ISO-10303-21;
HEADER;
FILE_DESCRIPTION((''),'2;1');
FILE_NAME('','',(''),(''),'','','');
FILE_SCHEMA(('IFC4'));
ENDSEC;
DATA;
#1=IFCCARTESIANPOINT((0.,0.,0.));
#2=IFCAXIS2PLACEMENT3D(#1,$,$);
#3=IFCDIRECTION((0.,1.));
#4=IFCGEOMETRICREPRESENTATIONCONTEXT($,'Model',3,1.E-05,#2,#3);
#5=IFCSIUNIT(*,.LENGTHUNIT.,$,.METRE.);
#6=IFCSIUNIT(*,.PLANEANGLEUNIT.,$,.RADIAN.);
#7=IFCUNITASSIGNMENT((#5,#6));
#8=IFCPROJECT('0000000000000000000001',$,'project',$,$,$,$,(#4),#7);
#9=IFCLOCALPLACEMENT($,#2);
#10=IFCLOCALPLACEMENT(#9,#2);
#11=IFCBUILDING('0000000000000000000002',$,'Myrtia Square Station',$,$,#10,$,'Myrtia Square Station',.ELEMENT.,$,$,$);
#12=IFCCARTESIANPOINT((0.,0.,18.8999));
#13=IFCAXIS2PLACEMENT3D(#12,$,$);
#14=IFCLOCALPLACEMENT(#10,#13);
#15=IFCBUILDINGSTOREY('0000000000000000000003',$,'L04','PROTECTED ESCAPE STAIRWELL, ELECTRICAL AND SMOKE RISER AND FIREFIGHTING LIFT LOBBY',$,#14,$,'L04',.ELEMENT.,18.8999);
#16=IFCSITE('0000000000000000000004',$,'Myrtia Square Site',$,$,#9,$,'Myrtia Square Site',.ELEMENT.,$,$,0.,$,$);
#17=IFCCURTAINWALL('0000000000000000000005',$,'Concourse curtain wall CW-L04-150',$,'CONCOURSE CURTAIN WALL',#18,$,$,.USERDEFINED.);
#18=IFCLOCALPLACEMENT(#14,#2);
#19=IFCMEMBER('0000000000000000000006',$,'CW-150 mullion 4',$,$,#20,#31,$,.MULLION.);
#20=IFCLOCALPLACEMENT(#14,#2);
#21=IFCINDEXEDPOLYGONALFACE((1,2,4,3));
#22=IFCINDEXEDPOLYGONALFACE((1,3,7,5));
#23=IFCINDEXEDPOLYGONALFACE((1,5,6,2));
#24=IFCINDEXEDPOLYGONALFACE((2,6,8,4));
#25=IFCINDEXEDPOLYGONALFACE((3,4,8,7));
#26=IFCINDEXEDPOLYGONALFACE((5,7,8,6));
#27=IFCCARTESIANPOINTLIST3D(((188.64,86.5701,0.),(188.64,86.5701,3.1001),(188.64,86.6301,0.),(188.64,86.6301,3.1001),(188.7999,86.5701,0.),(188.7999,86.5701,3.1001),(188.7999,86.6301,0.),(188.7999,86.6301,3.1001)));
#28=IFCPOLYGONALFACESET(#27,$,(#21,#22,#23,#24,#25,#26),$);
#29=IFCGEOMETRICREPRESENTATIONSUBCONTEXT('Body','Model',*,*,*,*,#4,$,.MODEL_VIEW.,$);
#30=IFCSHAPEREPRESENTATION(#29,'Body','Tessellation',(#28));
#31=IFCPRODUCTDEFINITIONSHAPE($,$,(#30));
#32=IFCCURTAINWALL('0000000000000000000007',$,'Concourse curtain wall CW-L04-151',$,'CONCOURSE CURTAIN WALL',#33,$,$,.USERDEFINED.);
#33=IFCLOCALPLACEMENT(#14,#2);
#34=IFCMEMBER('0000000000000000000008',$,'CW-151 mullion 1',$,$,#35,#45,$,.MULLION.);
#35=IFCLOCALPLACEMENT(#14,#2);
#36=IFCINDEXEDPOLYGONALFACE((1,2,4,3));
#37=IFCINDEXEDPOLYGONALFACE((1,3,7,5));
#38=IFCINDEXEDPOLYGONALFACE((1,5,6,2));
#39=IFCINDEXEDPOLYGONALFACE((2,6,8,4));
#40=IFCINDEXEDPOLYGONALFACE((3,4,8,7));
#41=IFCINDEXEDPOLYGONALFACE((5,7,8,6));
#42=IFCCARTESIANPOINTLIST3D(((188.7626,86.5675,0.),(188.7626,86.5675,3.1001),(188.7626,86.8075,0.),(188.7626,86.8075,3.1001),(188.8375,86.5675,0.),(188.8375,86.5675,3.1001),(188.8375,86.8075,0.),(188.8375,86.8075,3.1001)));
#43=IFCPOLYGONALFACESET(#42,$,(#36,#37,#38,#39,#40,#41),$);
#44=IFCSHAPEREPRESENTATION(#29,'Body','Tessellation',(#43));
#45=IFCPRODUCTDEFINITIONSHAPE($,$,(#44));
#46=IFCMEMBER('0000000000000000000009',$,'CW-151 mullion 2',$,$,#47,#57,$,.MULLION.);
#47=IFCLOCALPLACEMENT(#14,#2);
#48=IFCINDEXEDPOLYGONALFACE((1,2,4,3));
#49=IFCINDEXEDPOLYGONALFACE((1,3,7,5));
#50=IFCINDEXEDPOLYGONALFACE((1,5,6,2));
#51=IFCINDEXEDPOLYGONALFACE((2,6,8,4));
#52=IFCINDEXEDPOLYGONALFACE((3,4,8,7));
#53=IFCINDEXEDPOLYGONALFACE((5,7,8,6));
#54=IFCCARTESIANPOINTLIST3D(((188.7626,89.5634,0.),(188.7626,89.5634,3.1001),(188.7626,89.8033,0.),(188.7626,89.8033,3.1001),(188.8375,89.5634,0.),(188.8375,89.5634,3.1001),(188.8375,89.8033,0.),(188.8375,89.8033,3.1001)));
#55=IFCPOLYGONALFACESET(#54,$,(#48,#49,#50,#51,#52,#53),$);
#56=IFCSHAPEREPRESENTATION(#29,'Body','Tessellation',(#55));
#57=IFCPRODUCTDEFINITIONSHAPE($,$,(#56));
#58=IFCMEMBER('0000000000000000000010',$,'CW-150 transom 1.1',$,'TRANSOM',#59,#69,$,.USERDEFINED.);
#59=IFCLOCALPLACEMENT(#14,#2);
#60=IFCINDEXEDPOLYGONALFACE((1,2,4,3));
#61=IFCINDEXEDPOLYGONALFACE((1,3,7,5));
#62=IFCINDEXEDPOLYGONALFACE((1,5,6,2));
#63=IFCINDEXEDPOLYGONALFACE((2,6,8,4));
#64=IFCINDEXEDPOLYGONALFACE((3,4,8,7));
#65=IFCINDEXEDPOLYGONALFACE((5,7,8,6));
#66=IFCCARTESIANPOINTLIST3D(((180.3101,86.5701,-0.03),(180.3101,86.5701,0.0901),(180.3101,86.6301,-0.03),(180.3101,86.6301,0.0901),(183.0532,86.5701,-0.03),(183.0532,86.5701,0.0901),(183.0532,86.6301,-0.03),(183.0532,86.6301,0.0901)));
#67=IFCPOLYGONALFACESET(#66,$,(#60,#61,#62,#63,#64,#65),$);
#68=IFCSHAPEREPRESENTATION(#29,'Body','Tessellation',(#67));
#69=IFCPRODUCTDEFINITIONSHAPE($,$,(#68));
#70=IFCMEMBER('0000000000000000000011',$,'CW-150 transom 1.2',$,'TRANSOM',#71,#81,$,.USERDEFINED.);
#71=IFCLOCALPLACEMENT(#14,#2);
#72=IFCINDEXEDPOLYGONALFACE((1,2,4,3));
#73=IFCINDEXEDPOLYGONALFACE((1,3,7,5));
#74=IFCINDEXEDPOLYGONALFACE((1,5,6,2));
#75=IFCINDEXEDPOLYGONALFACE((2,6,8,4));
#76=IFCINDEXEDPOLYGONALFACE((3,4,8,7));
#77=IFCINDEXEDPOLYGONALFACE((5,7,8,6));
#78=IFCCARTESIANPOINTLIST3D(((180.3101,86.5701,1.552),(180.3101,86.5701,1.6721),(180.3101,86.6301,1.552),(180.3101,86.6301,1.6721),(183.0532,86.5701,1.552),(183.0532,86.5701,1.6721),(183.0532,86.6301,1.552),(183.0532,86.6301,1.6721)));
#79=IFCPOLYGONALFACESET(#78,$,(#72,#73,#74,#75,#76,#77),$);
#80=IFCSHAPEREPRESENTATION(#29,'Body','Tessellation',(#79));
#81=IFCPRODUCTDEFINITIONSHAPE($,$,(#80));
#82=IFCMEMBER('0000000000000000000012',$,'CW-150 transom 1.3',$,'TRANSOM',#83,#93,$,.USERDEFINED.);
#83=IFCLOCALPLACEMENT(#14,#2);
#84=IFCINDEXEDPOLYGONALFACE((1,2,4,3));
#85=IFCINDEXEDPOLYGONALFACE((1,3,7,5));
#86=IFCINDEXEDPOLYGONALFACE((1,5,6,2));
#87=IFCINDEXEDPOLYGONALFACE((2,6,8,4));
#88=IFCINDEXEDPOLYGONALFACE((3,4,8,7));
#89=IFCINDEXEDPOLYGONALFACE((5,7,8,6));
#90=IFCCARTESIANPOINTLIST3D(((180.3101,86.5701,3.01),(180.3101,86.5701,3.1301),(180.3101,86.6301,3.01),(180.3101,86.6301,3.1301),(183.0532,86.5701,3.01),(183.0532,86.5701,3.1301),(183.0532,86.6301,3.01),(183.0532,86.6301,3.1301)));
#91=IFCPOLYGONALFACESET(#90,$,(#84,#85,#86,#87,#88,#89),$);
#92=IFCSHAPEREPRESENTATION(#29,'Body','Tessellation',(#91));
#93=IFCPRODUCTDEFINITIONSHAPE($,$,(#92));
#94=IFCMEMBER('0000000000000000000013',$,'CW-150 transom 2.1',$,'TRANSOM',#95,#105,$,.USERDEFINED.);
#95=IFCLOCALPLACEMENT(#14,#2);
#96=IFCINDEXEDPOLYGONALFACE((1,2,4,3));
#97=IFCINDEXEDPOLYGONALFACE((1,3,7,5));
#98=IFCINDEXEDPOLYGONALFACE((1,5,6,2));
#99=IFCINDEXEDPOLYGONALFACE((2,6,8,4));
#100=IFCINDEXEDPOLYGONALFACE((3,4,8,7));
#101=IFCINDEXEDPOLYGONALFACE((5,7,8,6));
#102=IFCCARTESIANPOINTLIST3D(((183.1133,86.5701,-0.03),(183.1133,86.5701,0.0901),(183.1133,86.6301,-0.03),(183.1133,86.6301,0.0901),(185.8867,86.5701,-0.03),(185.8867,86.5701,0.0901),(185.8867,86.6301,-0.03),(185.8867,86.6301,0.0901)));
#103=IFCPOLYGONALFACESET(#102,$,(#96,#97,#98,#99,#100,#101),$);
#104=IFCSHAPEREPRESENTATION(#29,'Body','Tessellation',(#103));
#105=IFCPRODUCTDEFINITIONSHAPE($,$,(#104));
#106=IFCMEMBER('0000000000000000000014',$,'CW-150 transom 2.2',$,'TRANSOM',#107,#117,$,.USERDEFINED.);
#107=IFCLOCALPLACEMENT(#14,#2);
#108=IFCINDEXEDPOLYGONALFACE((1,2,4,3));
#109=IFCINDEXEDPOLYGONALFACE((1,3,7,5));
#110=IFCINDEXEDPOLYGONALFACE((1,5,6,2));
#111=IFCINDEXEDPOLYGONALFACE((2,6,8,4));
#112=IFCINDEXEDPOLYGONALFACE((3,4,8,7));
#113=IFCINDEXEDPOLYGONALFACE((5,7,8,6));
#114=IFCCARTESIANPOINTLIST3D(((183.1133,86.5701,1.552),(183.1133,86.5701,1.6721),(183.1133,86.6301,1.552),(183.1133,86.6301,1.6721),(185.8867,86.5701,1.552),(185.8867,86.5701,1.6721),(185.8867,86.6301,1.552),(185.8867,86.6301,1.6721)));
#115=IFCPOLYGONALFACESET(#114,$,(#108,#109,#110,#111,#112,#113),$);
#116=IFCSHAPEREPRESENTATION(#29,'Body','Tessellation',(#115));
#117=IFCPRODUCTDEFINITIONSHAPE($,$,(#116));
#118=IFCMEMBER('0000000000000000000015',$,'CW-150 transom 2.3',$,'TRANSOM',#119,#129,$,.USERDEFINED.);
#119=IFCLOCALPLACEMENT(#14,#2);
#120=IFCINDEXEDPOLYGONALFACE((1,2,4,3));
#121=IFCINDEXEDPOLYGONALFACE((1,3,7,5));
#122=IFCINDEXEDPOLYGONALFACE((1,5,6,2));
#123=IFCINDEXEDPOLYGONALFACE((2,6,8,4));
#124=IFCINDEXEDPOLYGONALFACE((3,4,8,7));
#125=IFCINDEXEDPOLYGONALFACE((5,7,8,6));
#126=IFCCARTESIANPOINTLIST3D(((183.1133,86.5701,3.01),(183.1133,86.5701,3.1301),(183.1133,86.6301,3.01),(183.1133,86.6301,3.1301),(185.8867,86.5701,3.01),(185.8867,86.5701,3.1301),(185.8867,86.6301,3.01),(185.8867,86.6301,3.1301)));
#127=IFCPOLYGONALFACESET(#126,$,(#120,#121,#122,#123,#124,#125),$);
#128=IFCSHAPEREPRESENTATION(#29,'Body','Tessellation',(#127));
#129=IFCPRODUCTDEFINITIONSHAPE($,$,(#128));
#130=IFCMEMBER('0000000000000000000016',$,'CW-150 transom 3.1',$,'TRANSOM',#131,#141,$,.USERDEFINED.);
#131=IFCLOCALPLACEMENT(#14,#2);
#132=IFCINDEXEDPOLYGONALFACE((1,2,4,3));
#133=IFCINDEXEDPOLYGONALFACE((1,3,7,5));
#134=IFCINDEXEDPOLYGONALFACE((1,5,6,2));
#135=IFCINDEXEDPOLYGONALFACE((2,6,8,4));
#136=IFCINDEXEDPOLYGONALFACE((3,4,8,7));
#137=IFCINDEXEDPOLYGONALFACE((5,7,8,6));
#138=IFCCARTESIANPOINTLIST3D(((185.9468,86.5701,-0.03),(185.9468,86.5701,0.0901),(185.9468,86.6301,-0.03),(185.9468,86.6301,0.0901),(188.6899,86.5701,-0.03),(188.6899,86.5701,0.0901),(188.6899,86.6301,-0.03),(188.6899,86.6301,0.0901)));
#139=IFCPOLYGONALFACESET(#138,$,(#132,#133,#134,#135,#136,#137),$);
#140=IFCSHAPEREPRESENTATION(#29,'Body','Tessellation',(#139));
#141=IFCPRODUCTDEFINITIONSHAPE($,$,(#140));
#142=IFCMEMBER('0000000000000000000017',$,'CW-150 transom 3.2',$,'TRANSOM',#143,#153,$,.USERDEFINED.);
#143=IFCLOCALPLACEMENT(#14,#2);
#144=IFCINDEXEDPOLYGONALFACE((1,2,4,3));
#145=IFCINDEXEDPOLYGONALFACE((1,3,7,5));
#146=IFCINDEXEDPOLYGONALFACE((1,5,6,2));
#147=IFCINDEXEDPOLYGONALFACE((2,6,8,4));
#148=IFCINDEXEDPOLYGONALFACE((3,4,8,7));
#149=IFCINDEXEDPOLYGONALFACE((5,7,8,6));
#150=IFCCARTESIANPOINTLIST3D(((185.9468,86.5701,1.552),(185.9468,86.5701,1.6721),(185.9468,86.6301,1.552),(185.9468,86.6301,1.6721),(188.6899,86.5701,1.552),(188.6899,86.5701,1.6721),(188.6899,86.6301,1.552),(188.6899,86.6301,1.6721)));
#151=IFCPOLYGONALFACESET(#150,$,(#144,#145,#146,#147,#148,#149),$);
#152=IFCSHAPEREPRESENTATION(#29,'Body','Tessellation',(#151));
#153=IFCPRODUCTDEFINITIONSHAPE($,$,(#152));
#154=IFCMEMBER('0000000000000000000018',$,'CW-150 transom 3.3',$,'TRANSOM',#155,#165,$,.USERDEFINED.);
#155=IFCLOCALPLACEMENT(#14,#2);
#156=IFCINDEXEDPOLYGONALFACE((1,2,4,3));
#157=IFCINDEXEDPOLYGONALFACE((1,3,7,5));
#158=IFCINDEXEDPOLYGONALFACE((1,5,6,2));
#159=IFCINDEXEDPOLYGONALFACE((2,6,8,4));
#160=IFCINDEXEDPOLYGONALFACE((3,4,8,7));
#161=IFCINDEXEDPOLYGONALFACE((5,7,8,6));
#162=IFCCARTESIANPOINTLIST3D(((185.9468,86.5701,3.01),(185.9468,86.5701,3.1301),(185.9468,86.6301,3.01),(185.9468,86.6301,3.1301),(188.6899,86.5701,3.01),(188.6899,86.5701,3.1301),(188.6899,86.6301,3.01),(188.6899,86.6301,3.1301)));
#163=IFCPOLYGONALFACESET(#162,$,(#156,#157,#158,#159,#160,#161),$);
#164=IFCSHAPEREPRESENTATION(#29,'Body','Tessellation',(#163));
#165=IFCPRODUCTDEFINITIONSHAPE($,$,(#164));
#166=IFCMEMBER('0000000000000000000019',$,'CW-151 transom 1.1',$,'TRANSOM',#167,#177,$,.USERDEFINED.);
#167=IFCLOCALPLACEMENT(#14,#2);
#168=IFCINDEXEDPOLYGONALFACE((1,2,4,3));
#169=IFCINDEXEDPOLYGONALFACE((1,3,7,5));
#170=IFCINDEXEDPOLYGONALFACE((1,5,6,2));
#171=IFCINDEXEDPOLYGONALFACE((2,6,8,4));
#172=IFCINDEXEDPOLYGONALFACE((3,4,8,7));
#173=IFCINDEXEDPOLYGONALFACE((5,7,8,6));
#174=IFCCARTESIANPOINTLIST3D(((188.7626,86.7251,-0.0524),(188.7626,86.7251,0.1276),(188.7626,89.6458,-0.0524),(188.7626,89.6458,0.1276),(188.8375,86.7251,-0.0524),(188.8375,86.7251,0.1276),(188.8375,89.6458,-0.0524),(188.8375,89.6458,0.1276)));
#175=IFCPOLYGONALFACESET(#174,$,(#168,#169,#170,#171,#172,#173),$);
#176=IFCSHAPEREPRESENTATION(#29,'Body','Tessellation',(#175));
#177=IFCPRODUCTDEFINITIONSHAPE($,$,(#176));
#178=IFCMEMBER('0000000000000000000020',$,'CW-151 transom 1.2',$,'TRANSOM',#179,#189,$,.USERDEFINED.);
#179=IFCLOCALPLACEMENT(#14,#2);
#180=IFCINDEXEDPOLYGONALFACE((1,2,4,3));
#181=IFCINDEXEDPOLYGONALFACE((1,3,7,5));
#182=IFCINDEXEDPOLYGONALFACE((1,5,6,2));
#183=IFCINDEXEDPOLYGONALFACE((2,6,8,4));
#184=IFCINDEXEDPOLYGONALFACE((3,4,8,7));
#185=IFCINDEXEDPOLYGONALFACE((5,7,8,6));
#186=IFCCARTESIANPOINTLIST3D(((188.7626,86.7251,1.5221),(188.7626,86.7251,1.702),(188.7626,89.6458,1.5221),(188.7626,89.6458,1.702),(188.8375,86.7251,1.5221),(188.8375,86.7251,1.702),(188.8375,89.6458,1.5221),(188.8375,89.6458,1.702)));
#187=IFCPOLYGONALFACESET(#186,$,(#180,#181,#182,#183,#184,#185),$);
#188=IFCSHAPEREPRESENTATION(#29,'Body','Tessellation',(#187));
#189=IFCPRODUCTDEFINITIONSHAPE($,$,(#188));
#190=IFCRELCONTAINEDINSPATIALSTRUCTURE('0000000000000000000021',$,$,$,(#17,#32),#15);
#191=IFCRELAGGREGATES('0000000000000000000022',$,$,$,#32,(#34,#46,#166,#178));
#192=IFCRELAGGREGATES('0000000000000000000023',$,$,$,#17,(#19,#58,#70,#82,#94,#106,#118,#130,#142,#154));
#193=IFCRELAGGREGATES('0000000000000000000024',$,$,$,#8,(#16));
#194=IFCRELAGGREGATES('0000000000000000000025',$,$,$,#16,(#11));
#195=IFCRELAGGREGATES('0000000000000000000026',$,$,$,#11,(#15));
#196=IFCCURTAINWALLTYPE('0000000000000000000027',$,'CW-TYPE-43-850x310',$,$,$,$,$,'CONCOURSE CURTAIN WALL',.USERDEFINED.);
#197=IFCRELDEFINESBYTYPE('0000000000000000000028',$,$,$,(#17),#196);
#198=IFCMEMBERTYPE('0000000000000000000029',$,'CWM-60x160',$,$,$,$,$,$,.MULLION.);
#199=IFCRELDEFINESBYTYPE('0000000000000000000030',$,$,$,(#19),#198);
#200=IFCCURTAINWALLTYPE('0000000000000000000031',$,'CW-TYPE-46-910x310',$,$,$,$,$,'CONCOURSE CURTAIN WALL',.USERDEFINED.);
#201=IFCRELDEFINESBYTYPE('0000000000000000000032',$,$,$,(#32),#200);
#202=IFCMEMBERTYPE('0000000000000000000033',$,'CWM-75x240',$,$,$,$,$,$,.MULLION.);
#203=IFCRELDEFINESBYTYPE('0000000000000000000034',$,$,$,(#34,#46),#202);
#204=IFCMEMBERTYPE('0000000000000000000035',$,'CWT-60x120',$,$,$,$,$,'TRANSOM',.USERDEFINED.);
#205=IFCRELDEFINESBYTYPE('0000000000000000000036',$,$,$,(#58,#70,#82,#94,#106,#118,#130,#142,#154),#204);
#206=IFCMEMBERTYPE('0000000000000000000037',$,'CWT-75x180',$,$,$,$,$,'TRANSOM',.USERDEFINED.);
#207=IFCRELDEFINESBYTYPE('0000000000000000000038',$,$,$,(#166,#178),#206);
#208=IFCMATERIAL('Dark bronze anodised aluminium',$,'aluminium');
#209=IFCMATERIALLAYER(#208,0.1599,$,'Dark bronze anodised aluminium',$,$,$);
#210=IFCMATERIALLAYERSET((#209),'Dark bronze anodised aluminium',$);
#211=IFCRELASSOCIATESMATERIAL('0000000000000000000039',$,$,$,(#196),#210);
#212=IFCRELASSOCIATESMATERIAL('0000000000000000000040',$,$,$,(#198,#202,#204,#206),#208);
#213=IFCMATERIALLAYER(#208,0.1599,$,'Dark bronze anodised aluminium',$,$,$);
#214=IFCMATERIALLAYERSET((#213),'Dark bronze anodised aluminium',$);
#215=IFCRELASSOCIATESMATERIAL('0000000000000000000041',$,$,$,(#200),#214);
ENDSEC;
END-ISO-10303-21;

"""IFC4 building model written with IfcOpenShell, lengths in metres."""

from ifc_helpers import new_model, si_unit, direction, frame, origin, origin_2d, place, context, subcontext, project, spatial, rectangle, extrude, material, layer, layer_set, material_profile, profile_set, type_object, element, aggregate, save


model = new_model("IFC4")

# Units and contexts
model_context = context("Model", 3, precision=1e-05, world=origin(), true_north=direction((0.0, 1.0)))
body_context = subcontext(model_context, "Body", "Model", "MODEL_VIEW")
ifc_project = project(units=[si_unit("LENGTHUNIT", "METRE"), si_unit("PLANEANGLEUNIT", "RADIAN")], contexts=[model_context])

# Site, building, storey
site_placement = place(None, origin())
site = spatial("IfcSite", under=ifc_project, at=site_placement, Name="Myrtia Square Site", LongName="Myrtia Square Site", CompositionType="ELEMENT", RefElevation=0.0)
building_placement = place(site_placement, origin())
building = spatial("IfcBuilding", under=site, at=building_placement, Name="Myrtia Square Station", LongName="Myrtia Square Station", CompositionType="ELEMENT")
storey_placement = place(building_placement, frame((0.0, 0.0, 18.8999)))
storey = spatial("IfcBuildingStorey", under=building, at=storey_placement, Name="L04", Description="PROTECTED ESCAPE STAIRWELL, ELECTRICAL AND SMOKE RISER AND FIREFIGHTING LIFT LOBBY", LongName="L04", CompositionType="ELEMENT", Elevation=18.8999)

# Shared definitions
ifc_material_1 = material(Name="Dark bronze anodised aluminium", Category="aluminium")
ifc_layer_1 = layer(ifc_material_1, 0.1599, Name="Dark bronze anodised aluminium")
ifc_layer_set_1 = layer_set([ifc_layer_1], Name="Dark bronze anodised aluminium")
curtain_wall_type_1 = type_object("IfcCurtainWallType", Name="CW-TYPE-43-850x310", ElementType="CONCOURSE CURTAIN WALL", PredefinedType="USERDEFINED", material=ifc_layer_set_1)
ifc_material_profile_1 = material_profile(ifc_material_1, rectangle(XDim=0.0601, YDim=0.1599, at=origin_2d()), Name="ALU-M 60x160")
ifc_profile_set_1 = profile_set([ifc_material_profile_1], Name="Dark bronze anodised aluminium")
member_type_1 = type_object("IfcMemberType", Name="CWM-60x160", PredefinedType="MULLION", material=ifc_profile_set_1)

# Curtain walls, members
curtain_wall_1_placement = place(storey_placement, origin())
curtain_wall_1 = element("IfcCurtainWall", 1, at=curtain_wall_1_placement, inside=storey, type_object=curtain_wall_type_1, Name="Concourse curtain wall CW-L04-150", ObjectType="CONCOURSE CURTAIN WALL", PredefinedType="USERDEFINED")
member_1_placement = place(storey_placement, frame((188.72, 86.6001, 0.0), z_axis=(0.0, 0.0, 1.0), x_axis=(0.0, 1.0, 0.0)))
member_1 = element("IfcMember", 2, at=member_1_placement, type_object=member_type_1, Name="CW-150 mullion 4", PredefinedType="MULLION", context=body_context, shape_type="SweptSolid", body=[
    extrude(rectangle(XDim=0.0601, YDim=0.1599, at=origin_2d()), origin(), (0.0, 0.0, 1.0), 3.1001),
])
ifc_layer_2 = layer(ifc_material_1, 0.1599, Name="Dark bronze anodised aluminium")
ifc_layer_set_2 = layer_set([ifc_layer_2], Name="Dark bronze anodised aluminium")
curtain_wall_type_2 = type_object("IfcCurtainWallType", Name="CW-TYPE-46-910x310", ElementType="CONCOURSE CURTAIN WALL", PredefinedType="USERDEFINED", material=ifc_layer_set_2)
curtain_wall_2_placement = place(storey_placement, origin())
curtain_wall_2 = element("IfcCurtainWall", 3, at=curtain_wall_2_placement, inside=storey, type_object=curtain_wall_type_2, Name="Concourse curtain wall CW-L04-151", ObjectType="CONCOURSE CURTAIN WALL", PredefinedType="USERDEFINED")
ifc_material_profile_2 = material_profile(ifc_material_1, rectangle(XDim=0.075, YDim=0.24, at=origin_2d()), Name="ALU-M 75x240")
ifc_profile_set_2 = profile_set([ifc_material_profile_2], Name="Dark bronze anodised aluminium")
member_type_2 = type_object("IfcMemberType", Name="CWM-75x240", PredefinedType="MULLION", material=ifc_profile_set_2)
member_2_placement = place(storey_placement, frame((188.8, 86.6875, 0.0), z_axis=(0.0, 0.0, 1.0), x_axis=(-1.0, 0.0, 0.0)))
member_2 = element("IfcMember", 4, at=member_2_placement, type_object=member_type_2, Name="CW-151 mullion 1", PredefinedType="MULLION", context=body_context, shape_type="SweptSolid", body=[
    extrude(rectangle(XDim=0.075, YDim=0.24, at=origin_2d()), origin(), (0.0, 0.0, 1.0), 3.1001),
])
member_3_placement = place(storey_placement, frame((188.8, 89.6833, 0.0), z_axis=(0.0, 0.0, 1.0), x_axis=(-1.0, 0.0, 0.0)))
member_3 = element("IfcMember", 5, at=member_3_placement, type_object=member_type_2, Name="CW-151 mullion 2", PredefinedType="MULLION", context=body_context, shape_type="SweptSolid", body=[
    extrude(rectangle(XDim=0.075, YDim=0.24, at=origin_2d()), origin(), (0.0, 0.0, 1.0), 3.1001),
])

# Members
ifc_material_profile_3 = material_profile(ifc_material_1, rectangle(XDim=0.0601, YDim=0.1201, at=origin_2d()), Name="ALU-T 60x120")
ifc_profile_set_3 = profile_set([ifc_material_profile_3], Name="Dark bronze anodised aluminium")
member_type_3 = type_object("IfcMemberType", Name="CWT-60x120", ElementType="TRANSOM", PredefinedType="USERDEFINED", material=ifc_profile_set_3)
member_4_placement = place(storey_placement, frame((180.3101, 86.6001, 0.03), z_axis=(1.0, 0.0, 0.0), x_axis=(0.0, 1.0, 0.0)))
member_4 = element("IfcMember", 6, at=member_4_placement, type_object=member_type_3, Name="CW-150 transom 1.1", ObjectType="TRANSOM", PredefinedType="USERDEFINED", context=body_context, shape_type="SweptSolid", body=[
    extrude(rectangle(XDim=0.0601, YDim=0.1201, at=origin_2d()), origin(), (0.0, 0.0, 1.0), 2.7432),
])
member_5_placement = place(storey_placement, frame((180.3101, 86.6001, 1.6121), z_axis=(1.0, 0.0, 0.0), x_axis=(0.0, 1.0, 0.0)))
member_5 = element("IfcMember", 7, at=member_5_placement, type_object=member_type_3, Name="CW-150 transom 1.2", ObjectType="TRANSOM", PredefinedType="USERDEFINED", context=body_context, shape_type="SweptSolid", body=[
    extrude(rectangle(XDim=0.0601, YDim=0.1201, at=origin_2d()), origin(), (0.0, 0.0, 1.0), 2.7432),
])
member_6_placement = place(storey_placement, frame((180.3101, 86.6001, 3.0701), z_axis=(1.0, 0.0, 0.0), x_axis=(0.0, 1.0, 0.0)))
member_6 = element("IfcMember", 8, at=member_6_placement, type_object=member_type_3, Name="CW-150 transom 1.3", ObjectType="TRANSOM", PredefinedType="USERDEFINED", context=body_context, shape_type="SweptSolid", body=[
    extrude(rectangle(XDim=0.0601, YDim=0.1201, at=origin_2d()), origin(), (0.0, 0.0, 1.0), 2.7432),
])
member_7_placement = place(storey_placement, frame((183.1133, 86.6001, 0.03), z_axis=(1.0, 0.0, 0.0), x_axis=(0.0, 1.0, 0.0)))
member_7 = element("IfcMember", 9, at=member_7_placement, type_object=member_type_3, Name="CW-150 transom 2.1", ObjectType="TRANSOM", PredefinedType="USERDEFINED", context=body_context, shape_type="SweptSolid", body=[
    extrude(rectangle(XDim=0.0601, YDim=0.1201, at=origin_2d()), origin(), (0.0, 0.0, 1.0), 2.7734),
])
member_8_placement = place(storey_placement, frame((183.1133, 86.6001, 1.6121), z_axis=(1.0, 0.0, 0.0), x_axis=(0.0, 1.0, 0.0)))
member_8 = element("IfcMember", 10, at=member_8_placement, type_object=member_type_3, Name="CW-150 transom 2.2", ObjectType="TRANSOM", PredefinedType="USERDEFINED", context=body_context, shape_type="SweptSolid", body=[
    extrude(rectangle(XDim=0.0601, YDim=0.1201, at=origin_2d()), origin(), (0.0, 0.0, 1.0), 2.7734),
])
member_9_placement = place(storey_placement, frame((183.1133, 86.6001, 3.0701), z_axis=(1.0, 0.0, 0.0), x_axis=(0.0, 1.0, 0.0)))
member_9 = element("IfcMember", 11, at=member_9_placement, type_object=member_type_3, Name="CW-150 transom 2.3", ObjectType="TRANSOM", PredefinedType="USERDEFINED", context=body_context, shape_type="SweptSolid", body=[
    extrude(rectangle(XDim=0.0601, YDim=0.1201, at=origin_2d()), origin(), (0.0, 0.0, 1.0), 2.7734),
])
member_10_placement = place(storey_placement, frame((185.9468, 86.6001, 0.03), z_axis=(1.0, 0.0, 0.0), x_axis=(0.0, 1.0, 0.0)))
member_10 = element("IfcMember", 12, at=member_10_placement, type_object=member_type_3, Name="CW-150 transom 3.1", ObjectType="TRANSOM", PredefinedType="USERDEFINED", context=body_context, shape_type="SweptSolid", body=[
    extrude(rectangle(XDim=0.0601, YDim=0.1201, at=origin_2d()), origin(), (0.0, 0.0, 1.0), 2.7432),
])
member_11_placement = place(storey_placement, frame((185.9468, 86.6001, 1.6121), z_axis=(1.0, 0.0, 0.0), x_axis=(0.0, 1.0, 0.0)))
member_11 = element("IfcMember", 13, at=member_11_placement, type_object=member_type_3, Name="CW-150 transom 3.2", ObjectType="TRANSOM", PredefinedType="USERDEFINED", context=body_context, shape_type="SweptSolid", body=[
    extrude(rectangle(XDim=0.0601, YDim=0.1201, at=origin_2d()), origin(), (0.0, 0.0, 1.0), 2.7432),
])
member_12_placement = place(storey_placement, frame((185.9468, 86.6001, 3.0701), z_axis=(1.0, 0.0, 0.0), x_axis=(0.0, 1.0, 0.0)))
member_12 = element("IfcMember", 14, at=member_12_placement, type_object=member_type_3, Name="CW-150 transom 3.3", ObjectType="TRANSOM", PredefinedType="USERDEFINED", context=body_context, shape_type="SweptSolid", body=[
    extrude(rectangle(XDim=0.0601, YDim=0.1201, at=origin_2d()), origin(), (0.0, 0.0, 1.0), 2.7432),
])
ifc_material_profile_4 = material_profile(ifc_material_1, rectangle(XDim=0.075, YDim=0.1799, at=origin_2d()), Name="ALU-T 75x180")
ifc_profile_set_4 = profile_set([ifc_material_profile_4], Name="Dark bronze anodised aluminium")
member_type_4 = type_object("IfcMemberType", Name="CWT-75x180", ElementType="TRANSOM", PredefinedType="USERDEFINED", material=ifc_profile_set_4)
member_13_placement = place(storey_placement, frame((188.8, 86.7251, 0.0376), z_axis=(0.0, 1.0, 0.0), x_axis=(-1.0, 0.0, 0.0)))
member_13 = element("IfcMember", 15, at=member_13_placement, type_object=member_type_4, Name="CW-151 transom 1.1", ObjectType="TRANSOM", PredefinedType="USERDEFINED", context=body_context, shape_type="SweptSolid", body=[
    extrude(rectangle(XDim=0.075, YDim=0.1799, at=origin_2d()), origin(), (0.0, 0.0, 1.0), 2.9207),
])
member_14_placement = place(storey_placement, frame((188.8, 86.7251, 1.6121), z_axis=(0.0, 1.0, 0.0), x_axis=(-1.0, 0.0, 0.0)))
member_14 = element("IfcMember", 16, at=member_14_placement, type_object=member_type_4, Name="CW-151 transom 1.2", ObjectType="TRANSOM", PredefinedType="USERDEFINED", context=body_context, shape_type="SweptSolid", body=[
    extrude(rectangle(XDim=0.075, YDim=0.1799, at=origin_2d()), origin(), (0.0, 0.0, 1.0), 2.9207),
])

aggregate(curtain_wall_2, [member_2, member_3, member_13, member_14])
aggregate(curtain_wall_1, [member_1, member_4, member_5, member_6, member_7, member_8, member_9, member_10, member_11, member_12])

save(model, "model.ifc")
